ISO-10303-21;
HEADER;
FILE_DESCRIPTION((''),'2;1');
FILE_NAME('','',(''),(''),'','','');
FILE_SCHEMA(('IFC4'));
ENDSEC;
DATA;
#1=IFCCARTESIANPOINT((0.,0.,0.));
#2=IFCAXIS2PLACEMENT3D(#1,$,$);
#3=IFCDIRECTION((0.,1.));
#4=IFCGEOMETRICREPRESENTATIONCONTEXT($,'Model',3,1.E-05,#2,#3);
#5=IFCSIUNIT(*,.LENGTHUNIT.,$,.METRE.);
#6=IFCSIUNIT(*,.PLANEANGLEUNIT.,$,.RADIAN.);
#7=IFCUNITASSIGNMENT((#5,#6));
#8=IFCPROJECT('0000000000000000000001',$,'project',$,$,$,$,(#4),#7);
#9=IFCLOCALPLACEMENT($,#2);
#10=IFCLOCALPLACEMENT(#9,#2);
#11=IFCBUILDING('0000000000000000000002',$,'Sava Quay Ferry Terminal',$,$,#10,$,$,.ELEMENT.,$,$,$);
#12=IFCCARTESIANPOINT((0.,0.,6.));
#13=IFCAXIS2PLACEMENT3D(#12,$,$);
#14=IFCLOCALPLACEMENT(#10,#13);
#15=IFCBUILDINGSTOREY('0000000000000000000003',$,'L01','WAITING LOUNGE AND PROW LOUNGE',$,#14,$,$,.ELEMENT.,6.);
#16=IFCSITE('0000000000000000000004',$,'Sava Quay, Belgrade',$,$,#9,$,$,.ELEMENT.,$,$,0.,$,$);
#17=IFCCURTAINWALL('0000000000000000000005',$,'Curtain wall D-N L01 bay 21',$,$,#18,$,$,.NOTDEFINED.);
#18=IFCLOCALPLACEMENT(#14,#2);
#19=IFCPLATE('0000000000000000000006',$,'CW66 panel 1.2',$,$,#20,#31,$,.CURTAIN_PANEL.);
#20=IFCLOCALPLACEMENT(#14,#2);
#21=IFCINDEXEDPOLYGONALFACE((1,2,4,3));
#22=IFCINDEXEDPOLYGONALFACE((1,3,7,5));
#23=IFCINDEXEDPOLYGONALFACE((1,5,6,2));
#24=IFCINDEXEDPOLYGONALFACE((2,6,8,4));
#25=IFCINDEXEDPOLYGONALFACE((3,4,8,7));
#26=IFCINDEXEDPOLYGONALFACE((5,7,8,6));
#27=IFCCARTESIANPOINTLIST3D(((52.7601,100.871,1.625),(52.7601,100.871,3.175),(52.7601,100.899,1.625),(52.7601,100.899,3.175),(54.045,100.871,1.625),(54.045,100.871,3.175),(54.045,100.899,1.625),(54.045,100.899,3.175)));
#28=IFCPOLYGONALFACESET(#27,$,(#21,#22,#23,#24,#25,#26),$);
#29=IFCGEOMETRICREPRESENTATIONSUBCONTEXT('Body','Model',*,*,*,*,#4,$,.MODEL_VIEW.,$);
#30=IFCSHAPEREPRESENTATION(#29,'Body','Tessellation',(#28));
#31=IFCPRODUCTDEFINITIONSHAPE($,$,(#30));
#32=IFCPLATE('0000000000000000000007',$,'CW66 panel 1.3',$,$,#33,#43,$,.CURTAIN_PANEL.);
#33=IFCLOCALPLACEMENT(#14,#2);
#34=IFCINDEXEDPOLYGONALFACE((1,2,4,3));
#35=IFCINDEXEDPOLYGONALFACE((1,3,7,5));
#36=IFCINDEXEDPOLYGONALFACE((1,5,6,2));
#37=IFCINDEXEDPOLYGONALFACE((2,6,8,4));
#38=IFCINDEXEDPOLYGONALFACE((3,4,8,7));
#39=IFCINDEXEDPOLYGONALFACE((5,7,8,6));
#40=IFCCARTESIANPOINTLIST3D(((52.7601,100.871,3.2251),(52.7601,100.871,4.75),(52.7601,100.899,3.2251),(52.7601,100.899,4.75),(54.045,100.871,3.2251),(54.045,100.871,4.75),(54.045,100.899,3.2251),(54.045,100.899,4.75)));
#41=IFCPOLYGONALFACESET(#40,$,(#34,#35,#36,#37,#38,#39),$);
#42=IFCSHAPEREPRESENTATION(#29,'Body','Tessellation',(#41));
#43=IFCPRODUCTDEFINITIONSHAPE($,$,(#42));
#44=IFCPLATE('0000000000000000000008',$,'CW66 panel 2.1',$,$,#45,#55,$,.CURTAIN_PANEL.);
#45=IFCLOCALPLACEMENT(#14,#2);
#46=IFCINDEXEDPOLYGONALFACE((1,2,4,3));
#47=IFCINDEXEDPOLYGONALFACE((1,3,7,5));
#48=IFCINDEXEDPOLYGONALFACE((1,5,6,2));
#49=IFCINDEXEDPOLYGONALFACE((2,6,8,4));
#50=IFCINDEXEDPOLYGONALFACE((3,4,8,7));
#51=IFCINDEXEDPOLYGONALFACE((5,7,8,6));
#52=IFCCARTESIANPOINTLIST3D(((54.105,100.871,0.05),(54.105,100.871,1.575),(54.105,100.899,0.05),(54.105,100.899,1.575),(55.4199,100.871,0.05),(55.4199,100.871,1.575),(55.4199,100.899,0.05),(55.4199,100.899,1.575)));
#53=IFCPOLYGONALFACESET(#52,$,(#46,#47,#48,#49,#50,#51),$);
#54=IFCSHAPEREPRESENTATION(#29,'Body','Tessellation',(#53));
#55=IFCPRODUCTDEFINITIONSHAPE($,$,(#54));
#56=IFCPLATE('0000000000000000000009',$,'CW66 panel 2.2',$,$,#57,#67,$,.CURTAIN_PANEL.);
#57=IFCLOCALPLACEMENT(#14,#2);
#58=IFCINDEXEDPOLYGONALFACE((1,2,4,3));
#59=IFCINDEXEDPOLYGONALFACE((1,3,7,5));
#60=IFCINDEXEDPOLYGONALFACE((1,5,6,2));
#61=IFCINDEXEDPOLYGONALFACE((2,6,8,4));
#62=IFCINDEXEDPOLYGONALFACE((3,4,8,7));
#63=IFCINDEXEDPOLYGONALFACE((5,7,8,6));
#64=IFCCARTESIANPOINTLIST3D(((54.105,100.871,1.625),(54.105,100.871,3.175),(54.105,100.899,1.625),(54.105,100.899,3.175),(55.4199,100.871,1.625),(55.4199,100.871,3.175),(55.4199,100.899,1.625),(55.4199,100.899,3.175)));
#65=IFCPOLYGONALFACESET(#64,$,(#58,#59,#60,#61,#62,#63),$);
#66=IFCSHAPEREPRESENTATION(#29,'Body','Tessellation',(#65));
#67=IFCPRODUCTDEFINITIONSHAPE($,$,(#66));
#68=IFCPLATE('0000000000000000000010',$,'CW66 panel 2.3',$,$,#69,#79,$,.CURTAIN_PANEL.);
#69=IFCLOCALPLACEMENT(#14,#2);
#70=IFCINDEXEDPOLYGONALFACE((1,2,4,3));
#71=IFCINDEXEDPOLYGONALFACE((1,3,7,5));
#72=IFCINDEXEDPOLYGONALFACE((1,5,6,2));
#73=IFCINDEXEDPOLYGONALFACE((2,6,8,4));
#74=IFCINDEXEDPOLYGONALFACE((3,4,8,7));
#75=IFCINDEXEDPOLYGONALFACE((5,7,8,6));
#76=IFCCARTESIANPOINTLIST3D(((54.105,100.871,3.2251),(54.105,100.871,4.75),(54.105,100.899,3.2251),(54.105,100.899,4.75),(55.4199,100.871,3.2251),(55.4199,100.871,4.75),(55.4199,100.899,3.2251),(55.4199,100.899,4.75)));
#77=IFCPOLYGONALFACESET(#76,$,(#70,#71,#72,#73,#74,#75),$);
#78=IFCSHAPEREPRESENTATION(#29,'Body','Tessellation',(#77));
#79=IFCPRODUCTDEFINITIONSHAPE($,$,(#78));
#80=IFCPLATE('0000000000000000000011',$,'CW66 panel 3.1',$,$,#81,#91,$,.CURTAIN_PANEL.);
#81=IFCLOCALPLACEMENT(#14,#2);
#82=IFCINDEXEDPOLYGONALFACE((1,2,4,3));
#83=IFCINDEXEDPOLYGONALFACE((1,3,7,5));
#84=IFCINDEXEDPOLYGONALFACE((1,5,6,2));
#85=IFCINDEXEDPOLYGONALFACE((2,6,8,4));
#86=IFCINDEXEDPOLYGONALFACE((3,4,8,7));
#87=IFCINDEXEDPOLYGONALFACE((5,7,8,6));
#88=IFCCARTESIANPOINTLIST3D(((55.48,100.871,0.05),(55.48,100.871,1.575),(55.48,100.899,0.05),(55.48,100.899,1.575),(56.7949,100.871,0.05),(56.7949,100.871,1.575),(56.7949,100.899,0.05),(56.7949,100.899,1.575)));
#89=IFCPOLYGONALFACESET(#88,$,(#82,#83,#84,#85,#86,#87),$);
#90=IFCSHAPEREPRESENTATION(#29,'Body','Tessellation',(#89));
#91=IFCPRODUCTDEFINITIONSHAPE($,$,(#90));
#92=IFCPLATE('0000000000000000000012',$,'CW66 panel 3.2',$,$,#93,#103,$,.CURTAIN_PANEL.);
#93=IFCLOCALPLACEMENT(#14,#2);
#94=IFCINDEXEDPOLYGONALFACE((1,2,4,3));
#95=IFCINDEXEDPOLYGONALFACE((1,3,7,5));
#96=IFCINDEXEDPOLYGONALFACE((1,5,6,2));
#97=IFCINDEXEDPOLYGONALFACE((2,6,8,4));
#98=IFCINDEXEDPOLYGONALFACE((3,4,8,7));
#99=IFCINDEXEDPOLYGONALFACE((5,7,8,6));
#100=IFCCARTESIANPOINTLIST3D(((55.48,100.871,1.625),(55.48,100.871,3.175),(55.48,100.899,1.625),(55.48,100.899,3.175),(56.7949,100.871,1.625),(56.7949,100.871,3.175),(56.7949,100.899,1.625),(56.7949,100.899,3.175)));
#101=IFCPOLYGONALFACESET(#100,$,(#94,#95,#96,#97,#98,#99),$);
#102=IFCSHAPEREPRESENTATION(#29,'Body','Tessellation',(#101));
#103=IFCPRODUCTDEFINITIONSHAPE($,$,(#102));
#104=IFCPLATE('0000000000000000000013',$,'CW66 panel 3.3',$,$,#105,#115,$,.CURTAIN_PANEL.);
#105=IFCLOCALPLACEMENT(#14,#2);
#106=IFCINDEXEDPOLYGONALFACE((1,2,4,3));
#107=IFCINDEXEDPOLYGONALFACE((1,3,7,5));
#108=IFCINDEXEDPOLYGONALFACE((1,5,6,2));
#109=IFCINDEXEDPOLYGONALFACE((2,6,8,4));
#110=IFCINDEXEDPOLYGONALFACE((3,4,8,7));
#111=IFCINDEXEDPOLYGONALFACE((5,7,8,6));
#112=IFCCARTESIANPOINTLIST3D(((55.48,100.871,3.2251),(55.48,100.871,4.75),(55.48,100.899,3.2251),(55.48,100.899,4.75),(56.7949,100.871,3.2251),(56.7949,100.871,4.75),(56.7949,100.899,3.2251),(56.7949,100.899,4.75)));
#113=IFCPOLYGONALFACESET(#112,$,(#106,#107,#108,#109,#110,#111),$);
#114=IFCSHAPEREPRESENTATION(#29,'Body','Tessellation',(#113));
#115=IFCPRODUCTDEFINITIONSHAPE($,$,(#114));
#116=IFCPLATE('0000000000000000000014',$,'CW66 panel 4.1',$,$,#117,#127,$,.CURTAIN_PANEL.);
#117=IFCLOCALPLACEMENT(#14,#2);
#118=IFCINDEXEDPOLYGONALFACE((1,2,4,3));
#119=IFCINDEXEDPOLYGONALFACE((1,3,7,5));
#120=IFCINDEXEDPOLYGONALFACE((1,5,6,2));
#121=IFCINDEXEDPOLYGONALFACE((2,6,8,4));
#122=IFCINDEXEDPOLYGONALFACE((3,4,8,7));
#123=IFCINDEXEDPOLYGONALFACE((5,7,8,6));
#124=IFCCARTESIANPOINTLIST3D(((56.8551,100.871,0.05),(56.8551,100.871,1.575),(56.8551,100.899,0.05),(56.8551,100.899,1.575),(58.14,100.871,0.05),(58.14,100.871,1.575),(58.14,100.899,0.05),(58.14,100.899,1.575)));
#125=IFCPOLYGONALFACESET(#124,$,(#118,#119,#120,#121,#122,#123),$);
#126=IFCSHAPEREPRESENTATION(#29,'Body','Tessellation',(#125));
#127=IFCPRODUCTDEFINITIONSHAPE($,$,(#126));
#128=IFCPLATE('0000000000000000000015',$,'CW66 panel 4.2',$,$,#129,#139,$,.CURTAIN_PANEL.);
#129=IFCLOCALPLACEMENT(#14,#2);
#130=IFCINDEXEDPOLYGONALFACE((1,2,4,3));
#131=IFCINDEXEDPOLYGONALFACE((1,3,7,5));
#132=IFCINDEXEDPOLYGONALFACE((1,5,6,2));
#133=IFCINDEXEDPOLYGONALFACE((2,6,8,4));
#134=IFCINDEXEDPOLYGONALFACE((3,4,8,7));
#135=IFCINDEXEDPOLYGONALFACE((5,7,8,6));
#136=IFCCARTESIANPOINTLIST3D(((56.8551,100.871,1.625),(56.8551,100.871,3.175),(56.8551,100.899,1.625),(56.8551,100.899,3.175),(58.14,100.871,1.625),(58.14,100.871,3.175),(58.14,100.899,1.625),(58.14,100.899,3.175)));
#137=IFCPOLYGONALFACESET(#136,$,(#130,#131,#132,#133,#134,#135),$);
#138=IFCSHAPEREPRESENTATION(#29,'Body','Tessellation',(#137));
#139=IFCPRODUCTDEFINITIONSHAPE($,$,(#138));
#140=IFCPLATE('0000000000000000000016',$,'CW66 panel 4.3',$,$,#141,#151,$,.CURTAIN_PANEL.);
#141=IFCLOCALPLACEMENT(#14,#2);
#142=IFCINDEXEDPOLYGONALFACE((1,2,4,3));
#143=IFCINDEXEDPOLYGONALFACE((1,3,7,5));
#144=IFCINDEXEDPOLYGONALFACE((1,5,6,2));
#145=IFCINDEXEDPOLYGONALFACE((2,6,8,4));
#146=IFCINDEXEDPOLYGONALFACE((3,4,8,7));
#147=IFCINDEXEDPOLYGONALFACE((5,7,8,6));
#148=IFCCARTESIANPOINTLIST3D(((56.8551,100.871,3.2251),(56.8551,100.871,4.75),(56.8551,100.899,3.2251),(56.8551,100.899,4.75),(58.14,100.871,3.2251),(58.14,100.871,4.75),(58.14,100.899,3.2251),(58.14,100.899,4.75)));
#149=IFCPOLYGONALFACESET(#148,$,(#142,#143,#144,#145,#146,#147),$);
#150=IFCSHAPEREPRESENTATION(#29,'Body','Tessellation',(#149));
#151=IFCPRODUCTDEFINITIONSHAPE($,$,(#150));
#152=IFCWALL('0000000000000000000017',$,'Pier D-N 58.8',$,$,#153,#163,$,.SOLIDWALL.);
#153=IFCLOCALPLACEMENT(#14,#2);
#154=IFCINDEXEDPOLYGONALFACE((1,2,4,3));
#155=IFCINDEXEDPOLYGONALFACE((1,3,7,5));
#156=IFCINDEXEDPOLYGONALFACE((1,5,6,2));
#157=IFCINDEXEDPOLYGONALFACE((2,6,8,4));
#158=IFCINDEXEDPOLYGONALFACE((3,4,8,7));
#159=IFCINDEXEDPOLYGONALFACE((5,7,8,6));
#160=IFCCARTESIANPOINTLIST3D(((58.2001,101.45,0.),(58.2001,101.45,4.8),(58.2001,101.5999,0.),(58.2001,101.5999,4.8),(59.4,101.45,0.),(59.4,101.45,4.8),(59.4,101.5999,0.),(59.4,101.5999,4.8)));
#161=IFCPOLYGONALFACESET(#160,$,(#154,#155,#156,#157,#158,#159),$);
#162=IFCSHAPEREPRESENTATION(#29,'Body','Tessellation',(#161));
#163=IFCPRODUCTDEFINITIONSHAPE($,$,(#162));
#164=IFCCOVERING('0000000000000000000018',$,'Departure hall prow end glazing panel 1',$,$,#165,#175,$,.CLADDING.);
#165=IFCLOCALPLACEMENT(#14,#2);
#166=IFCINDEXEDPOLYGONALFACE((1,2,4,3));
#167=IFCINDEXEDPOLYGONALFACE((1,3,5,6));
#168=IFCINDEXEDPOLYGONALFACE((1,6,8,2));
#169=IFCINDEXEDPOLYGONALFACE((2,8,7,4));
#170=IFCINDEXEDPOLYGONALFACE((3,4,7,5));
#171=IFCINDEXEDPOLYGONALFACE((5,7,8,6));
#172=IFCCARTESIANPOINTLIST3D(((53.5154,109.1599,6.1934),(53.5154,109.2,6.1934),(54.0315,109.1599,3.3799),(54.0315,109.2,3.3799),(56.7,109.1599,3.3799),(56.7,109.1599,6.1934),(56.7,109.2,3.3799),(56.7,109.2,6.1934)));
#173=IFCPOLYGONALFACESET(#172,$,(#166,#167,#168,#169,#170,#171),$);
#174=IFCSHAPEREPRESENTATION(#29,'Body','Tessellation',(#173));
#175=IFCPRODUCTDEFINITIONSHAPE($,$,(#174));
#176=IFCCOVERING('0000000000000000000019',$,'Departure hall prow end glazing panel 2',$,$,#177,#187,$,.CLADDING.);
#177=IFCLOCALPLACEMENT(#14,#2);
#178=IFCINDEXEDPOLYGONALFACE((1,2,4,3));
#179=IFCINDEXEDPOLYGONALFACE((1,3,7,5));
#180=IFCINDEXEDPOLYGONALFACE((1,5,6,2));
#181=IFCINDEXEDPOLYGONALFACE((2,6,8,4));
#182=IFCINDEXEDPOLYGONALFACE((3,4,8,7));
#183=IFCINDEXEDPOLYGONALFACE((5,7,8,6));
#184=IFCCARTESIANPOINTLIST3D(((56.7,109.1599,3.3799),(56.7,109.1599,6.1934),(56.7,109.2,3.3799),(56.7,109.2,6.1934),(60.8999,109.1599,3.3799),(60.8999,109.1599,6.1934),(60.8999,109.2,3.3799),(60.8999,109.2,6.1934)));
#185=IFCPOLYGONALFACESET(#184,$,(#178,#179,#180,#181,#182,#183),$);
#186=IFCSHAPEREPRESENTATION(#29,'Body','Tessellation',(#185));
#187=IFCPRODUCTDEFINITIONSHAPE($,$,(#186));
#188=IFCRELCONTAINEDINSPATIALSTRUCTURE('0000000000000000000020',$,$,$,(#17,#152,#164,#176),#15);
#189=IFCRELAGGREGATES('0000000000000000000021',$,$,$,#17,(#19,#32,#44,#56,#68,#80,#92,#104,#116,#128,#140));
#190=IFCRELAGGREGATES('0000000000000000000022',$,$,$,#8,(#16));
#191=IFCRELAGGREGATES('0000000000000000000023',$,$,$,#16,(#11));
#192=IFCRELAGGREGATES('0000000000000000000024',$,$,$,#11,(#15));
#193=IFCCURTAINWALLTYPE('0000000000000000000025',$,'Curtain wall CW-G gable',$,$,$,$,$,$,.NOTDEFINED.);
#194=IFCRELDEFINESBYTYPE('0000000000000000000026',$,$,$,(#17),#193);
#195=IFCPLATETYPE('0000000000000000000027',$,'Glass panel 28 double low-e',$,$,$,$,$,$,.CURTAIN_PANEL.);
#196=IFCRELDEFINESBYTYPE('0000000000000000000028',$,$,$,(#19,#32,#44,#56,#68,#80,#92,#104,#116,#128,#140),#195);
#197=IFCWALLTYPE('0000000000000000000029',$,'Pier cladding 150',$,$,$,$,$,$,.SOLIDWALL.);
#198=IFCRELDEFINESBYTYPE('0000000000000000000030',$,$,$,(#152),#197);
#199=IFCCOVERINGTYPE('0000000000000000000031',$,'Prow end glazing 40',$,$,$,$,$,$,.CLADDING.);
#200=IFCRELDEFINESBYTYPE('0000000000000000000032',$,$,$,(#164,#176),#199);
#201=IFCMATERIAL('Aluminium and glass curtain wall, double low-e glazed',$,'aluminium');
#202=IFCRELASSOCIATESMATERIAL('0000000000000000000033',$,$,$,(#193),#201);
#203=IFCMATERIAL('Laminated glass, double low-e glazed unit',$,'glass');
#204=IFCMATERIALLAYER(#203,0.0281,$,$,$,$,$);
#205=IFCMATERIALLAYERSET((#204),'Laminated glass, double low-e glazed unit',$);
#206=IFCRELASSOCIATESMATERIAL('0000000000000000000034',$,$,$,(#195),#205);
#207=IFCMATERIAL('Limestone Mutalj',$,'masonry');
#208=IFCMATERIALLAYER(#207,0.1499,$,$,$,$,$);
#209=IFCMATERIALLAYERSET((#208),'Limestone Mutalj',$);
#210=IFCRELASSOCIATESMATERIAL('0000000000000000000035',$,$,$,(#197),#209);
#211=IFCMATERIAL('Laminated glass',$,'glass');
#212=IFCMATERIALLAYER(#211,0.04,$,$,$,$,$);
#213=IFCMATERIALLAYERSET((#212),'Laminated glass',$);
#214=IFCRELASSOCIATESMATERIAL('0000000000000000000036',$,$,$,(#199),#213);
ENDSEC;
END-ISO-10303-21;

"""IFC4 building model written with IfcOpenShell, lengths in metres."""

from ifc_helpers import new_model, si_unit, direction, frame, frame_2d, origin, origin_2d, place, context, subcontext, project, spatial, polyline, rectangle, outline, extrude, material, layer, layer_set, type_object, element, aggregate, save


model = new_model("IFC4")

# Units and contexts
model_context = context("Model", 3, precision=1e-05, world=origin(), true_north=direction((0.0, 1.0)))
body_context = subcontext(model_context, "Body", "Model", "MODEL_VIEW")
ifc_project = project(units=[si_unit("LENGTHUNIT", "METRE"), si_unit("PLANEANGLEUNIT", "RADIAN")], contexts=[model_context])

# Site, building, storey
site_placement = place(None, origin())
site = spatial("IfcSite", under=ifc_project, at=site_placement, Name="Sava Quay, Belgrade", CompositionType="ELEMENT", RefElevation=0.0)
building_placement = place(site_placement, origin())
building = spatial("IfcBuilding", under=site, at=building_placement, Name="Sava Quay Ferry Terminal", CompositionType="ELEMENT")
storey_placement = place(building_placement, frame((0.0, 0.0, 6.0)))
storey = spatial("IfcBuildingStorey", under=building, at=storey_placement, Name="L01", Description="WAITING LOUNGE AND PROW LOUNGE", CompositionType="ELEMENT", Elevation=6.0)

# Curtain wall, plates
ifc_material_1 = material(Name="Aluminium and glass curtain wall, double low-e glazed", Category="aluminium")
curtain_wall_type = type_object("IfcCurtainWallType", Name="Curtain wall CW-G gable", PredefinedType="NOTDEFINED", material=ifc_material_1)
curtain_wall_placement = place(storey_placement, origin())
curtain_wall = element("IfcCurtainWall", 1, at=curtain_wall_placement, inside=storey, type_object=curtain_wall_type, Name="Curtain wall D-N L01 bay 21", PredefinedType="NOTDEFINED")
ifc_material_2 = material(Name="Laminated glass, double low-e glazed unit", Category="glass")
ifc_layer_1 = layer(ifc_material_2, 0.0281)
ifc_layer_set_1 = layer_set([ifc_layer_1], Name="Laminated glass, double low-e glazed unit")
plate_type = type_object("IfcPlateType", Name="Glass panel 28 double low-e", PredefinedType="CURTAIN_PANEL", material=ifc_layer_set_1)
plate_1_placement = place(storey_placement, frame((53.4026, 100.885, 1.625), z_axis=(0.0, 0.0, 1.0), x_axis=(1.0, 0.0, 0.0)))
plate_1 = element("IfcPlate", 2, at=plate_1_placement, type_object=plate_type, Name="CW66 panel 1.2", PredefinedType="CURTAIN_PANEL", context=body_context, shape_type="SweptSolid", body=[
    extrude(rectangle(XDim=1.2849, YDim=0.0281, at=origin_2d()), origin(), (0.0, 0.0, 1.0), 1.55),
])
plate_2_placement = place(storey_placement, frame((53.4026, 100.885, 3.2251), z_axis=(0.0, 0.0, 1.0), x_axis=(1.0, 0.0, 0.0)))
plate_2 = element("IfcPlate", 3, at=plate_2_placement, type_object=plate_type, Name="CW66 panel 1.3", PredefinedType="CURTAIN_PANEL", context=body_context, shape_type="SweptSolid", body=[
    extrude(rectangle(XDim=1.2849, YDim=0.0281, at=origin_2d()), origin(), (0.0, 0.0, 1.0), 1.5249),
])
plate_3_placement = place(storey_placement, frame((54.7625, 100.885, 0.05), z_axis=(0.0, 0.0, 1.0), x_axis=(1.0, 0.0, 0.0)))
plate_3 = element("IfcPlate", 4, at=plate_3_placement, type_object=plate_type, Name="CW66 panel 2.1", PredefinedType="CURTAIN_PANEL", context=body_context, shape_type="SweptSolid", body=[
    extrude(rectangle(XDim=1.3149, YDim=0.0281, at=origin_2d()), origin(), (0.0, 0.0, 1.0), 1.5249),
])
plate_4_placement = place(storey_placement, frame((54.7625, 100.885, 1.625), z_axis=(0.0, 0.0, 1.0), x_axis=(1.0, 0.0, 0.0)))
plate_4 = element("IfcPlate", 5, at=plate_4_placement, type_object=plate_type, Name="CW66 panel 2.2", PredefinedType="CURTAIN_PANEL", context=body_context, shape_type="SweptSolid", body=[
    extrude(rectangle(XDim=1.3149, YDim=0.0281, at=origin_2d()), origin(), (0.0, 0.0, 1.0), 1.55),
])
plate_5_placement = place(storey_placement, frame((54.7625, 100.885, 3.2251), z_axis=(0.0, 0.0, 1.0), x_axis=(1.0, 0.0, 0.0)))
plate_5 = element("IfcPlate", 6, at=plate_5_placement, type_object=plate_type, Name="CW66 panel 2.3", PredefinedType="CURTAIN_PANEL", context=body_context, shape_type="SweptSolid", body=[
    extrude(rectangle(XDim=1.3149, YDim=0.0281, at=origin_2d()), origin(), (0.0, 0.0, 1.0), 1.5249),
])
plate_6_placement = place(storey_placement, frame((56.1375, 100.885, 0.05), z_axis=(0.0, 0.0, 1.0), x_axis=(1.0, 0.0, 0.0)))
plate_6 = element("IfcPlate", 7, at=plate_6_placement, type_object=plate_type, Name="CW66 panel 3.1", PredefinedType="CURTAIN_PANEL", context=body_context, shape_type="SweptSolid", body=[
    extrude(rectangle(XDim=1.3149, YDim=0.0281, at=origin_2d()), origin(), (0.0, 0.0, 1.0), 1.5249),
])
plate_7_placement = place(storey_placement, frame((56.1375, 100.885, 1.625), z_axis=(0.0, 0.0, 1.0), x_axis=(1.0, 0.0, 0.0)))
plate_7 = element("IfcPlate", 8, at=plate_7_placement, type_object=plate_type, Name="CW66 panel 3.2", PredefinedType="CURTAIN_PANEL", context=body_context, shape_type="SweptSolid", body=[
    extrude(rectangle(XDim=1.3149, YDim=0.0281, at=origin_2d()), origin(), (0.0, 0.0, 1.0), 1.55),
])
plate_8_placement = place(storey_placement, frame((56.1375, 100.885, 3.2251), z_axis=(0.0, 0.0, 1.0), x_axis=(1.0, 0.0, 0.0)))
plate_8 = element("IfcPlate", 9, at=plate_8_placement, type_object=plate_type, Name="CW66 panel 3.3", PredefinedType="CURTAIN_PANEL", context=body_context, shape_type="SweptSolid", body=[
    extrude(rectangle(XDim=1.3149, YDim=0.0281, at=origin_2d()), origin(), (0.0, 0.0, 1.0), 1.5249),
])
plate_9_placement = place(storey_placement, frame((57.4976, 100.885, 0.05), z_axis=(0.0, 0.0, 1.0), x_axis=(1.0, 0.0, 0.0)))
plate_9 = element("IfcPlate", 10, at=plate_9_placement, type_object=plate_type, Name="CW66 panel 4.1", PredefinedType="CURTAIN_PANEL", context=body_context, shape_type="SweptSolid", body=[
    extrude(rectangle(XDim=1.2849, YDim=0.0281, at=origin_2d()), origin(), (0.0, 0.0, 1.0), 1.5249),
])
plate_10_placement = place(storey_placement, frame((57.4976, 100.885, 1.625), z_axis=(0.0, 0.0, 1.0), x_axis=(1.0, 0.0, 0.0)))
plate_10 = element("IfcPlate", 11, at=plate_10_placement, type_object=plate_type, Name="CW66 panel 4.2", PredefinedType="CURTAIN_PANEL", context=body_context, shape_type="SweptSolid", body=[
    extrude(rectangle(XDim=1.2849, YDim=0.0281, at=origin_2d()), origin(), (0.0, 0.0, 1.0), 1.55),
])
plate_11_placement = place(storey_placement, frame((57.4976, 100.885, 3.2251), z_axis=(0.0, 0.0, 1.0), x_axis=(1.0, 0.0, 0.0)))
plate_11 = element("IfcPlate", 12, at=plate_11_placement, type_object=plate_type, Name="CW66 panel 4.3", PredefinedType="CURTAIN_PANEL", context=body_context, shape_type="SweptSolid", body=[
    extrude(rectangle(XDim=1.2849, YDim=0.0281, at=origin_2d()), origin(), (0.0, 0.0, 1.0), 1.5249),
])
aggregate(curtain_wall, [plate_1, plate_2, plate_3, plate_4, plate_5, plate_6, plate_7, plate_8, plate_9, plate_10, plate_11])

# Wall
ifc_material_3 = material(Name="Limestone Mutalj", Category="masonry")
ifc_layer_2 = layer(ifc_material_3, 0.1499)
ifc_layer_set_2 = layer_set([ifc_layer_2], Name="Limestone Mutalj")
wall_type = type_object("IfcWallType", Name="Pier cladding 150", PredefinedType="SOLIDWALL", material=ifc_layer_set_2)
wall_placement = place(storey_placement, frame((58.2, 101.5249, 0.0), z_axis=(0.0, 0.0, 1.0), x_axis=(1.0, 0.0, 0.0)))
element("IfcWall", 13, at=wall_placement, inside=storey, type_object=wall_type, Name="Pier D-N 58.8", PredefinedType="SOLIDWALL", context=body_context, shape_type="SweptSolid", body=[
    extrude(rectangle(XDim=1.2, YDim=0.1499, at=frame_2d((0.6001, 0.0))), origin(), (0.0, 0.0, 1.0), 4.8),
])

# Coverings
ifc_material_4 = material(Name="Laminated glass", Category="glass")
ifc_layer_3 = layer(ifc_material_4, 0.04)
ifc_layer_set_3 = layer_set([ifc_layer_3], Name="Laminated glass")
covering_type_1 = type_object("IfcCoveringType", Name="Prow end glazing 40", PredefinedType="CLADDING", material=ifc_layer_set_3)
covering_1_placement = place(storey_placement, frame((54.0315, 109.2, 3.3799), z_axis=(0.0, 1.0, 0.0), x_axis=(-0.180432, 0.0, 0.983587)))
element("IfcCovering", 14, at=covering_1_placement, inside=storey, type_object=covering_type_1, Name="Departure hall prow end glazing panel 1", PredefinedType="CLADDING", context=body_context, shape_type="SweptSolid", body=[
    extrude(outline(polyline([(0.0, 0.0), (2.8604, 0.0), (2.2858, 3.1323), (-0.4815, 2.6247), (0.0, 0.0)])), origin(), (0.0, 0.0, -1.0), 0.04),
])
covering_2_placement = place(storey_placement, frame((56.7, 109.2, 3.3799), z_axis=(0.0, 1.0, 0.0), x_axis=(0.0, 0.0, 1.0)))
element("IfcCovering", 15, at=covering_2_placement, inside=storey, type_object=covering_type_1, Name="Departure hall prow end glazing panel 2", PredefinedType="CLADDING", context=body_context, shape_type="SweptSolid", body=[
    extrude(outline(polyline([(0.0, 0.0), (2.8135, 0.0), (2.8135, 4.2), (0.0, 4.2), (0.0, 0.0)])), origin(), (0.0, 0.0, -1.0), 0.04),
])

save(model, "model.ifc")
